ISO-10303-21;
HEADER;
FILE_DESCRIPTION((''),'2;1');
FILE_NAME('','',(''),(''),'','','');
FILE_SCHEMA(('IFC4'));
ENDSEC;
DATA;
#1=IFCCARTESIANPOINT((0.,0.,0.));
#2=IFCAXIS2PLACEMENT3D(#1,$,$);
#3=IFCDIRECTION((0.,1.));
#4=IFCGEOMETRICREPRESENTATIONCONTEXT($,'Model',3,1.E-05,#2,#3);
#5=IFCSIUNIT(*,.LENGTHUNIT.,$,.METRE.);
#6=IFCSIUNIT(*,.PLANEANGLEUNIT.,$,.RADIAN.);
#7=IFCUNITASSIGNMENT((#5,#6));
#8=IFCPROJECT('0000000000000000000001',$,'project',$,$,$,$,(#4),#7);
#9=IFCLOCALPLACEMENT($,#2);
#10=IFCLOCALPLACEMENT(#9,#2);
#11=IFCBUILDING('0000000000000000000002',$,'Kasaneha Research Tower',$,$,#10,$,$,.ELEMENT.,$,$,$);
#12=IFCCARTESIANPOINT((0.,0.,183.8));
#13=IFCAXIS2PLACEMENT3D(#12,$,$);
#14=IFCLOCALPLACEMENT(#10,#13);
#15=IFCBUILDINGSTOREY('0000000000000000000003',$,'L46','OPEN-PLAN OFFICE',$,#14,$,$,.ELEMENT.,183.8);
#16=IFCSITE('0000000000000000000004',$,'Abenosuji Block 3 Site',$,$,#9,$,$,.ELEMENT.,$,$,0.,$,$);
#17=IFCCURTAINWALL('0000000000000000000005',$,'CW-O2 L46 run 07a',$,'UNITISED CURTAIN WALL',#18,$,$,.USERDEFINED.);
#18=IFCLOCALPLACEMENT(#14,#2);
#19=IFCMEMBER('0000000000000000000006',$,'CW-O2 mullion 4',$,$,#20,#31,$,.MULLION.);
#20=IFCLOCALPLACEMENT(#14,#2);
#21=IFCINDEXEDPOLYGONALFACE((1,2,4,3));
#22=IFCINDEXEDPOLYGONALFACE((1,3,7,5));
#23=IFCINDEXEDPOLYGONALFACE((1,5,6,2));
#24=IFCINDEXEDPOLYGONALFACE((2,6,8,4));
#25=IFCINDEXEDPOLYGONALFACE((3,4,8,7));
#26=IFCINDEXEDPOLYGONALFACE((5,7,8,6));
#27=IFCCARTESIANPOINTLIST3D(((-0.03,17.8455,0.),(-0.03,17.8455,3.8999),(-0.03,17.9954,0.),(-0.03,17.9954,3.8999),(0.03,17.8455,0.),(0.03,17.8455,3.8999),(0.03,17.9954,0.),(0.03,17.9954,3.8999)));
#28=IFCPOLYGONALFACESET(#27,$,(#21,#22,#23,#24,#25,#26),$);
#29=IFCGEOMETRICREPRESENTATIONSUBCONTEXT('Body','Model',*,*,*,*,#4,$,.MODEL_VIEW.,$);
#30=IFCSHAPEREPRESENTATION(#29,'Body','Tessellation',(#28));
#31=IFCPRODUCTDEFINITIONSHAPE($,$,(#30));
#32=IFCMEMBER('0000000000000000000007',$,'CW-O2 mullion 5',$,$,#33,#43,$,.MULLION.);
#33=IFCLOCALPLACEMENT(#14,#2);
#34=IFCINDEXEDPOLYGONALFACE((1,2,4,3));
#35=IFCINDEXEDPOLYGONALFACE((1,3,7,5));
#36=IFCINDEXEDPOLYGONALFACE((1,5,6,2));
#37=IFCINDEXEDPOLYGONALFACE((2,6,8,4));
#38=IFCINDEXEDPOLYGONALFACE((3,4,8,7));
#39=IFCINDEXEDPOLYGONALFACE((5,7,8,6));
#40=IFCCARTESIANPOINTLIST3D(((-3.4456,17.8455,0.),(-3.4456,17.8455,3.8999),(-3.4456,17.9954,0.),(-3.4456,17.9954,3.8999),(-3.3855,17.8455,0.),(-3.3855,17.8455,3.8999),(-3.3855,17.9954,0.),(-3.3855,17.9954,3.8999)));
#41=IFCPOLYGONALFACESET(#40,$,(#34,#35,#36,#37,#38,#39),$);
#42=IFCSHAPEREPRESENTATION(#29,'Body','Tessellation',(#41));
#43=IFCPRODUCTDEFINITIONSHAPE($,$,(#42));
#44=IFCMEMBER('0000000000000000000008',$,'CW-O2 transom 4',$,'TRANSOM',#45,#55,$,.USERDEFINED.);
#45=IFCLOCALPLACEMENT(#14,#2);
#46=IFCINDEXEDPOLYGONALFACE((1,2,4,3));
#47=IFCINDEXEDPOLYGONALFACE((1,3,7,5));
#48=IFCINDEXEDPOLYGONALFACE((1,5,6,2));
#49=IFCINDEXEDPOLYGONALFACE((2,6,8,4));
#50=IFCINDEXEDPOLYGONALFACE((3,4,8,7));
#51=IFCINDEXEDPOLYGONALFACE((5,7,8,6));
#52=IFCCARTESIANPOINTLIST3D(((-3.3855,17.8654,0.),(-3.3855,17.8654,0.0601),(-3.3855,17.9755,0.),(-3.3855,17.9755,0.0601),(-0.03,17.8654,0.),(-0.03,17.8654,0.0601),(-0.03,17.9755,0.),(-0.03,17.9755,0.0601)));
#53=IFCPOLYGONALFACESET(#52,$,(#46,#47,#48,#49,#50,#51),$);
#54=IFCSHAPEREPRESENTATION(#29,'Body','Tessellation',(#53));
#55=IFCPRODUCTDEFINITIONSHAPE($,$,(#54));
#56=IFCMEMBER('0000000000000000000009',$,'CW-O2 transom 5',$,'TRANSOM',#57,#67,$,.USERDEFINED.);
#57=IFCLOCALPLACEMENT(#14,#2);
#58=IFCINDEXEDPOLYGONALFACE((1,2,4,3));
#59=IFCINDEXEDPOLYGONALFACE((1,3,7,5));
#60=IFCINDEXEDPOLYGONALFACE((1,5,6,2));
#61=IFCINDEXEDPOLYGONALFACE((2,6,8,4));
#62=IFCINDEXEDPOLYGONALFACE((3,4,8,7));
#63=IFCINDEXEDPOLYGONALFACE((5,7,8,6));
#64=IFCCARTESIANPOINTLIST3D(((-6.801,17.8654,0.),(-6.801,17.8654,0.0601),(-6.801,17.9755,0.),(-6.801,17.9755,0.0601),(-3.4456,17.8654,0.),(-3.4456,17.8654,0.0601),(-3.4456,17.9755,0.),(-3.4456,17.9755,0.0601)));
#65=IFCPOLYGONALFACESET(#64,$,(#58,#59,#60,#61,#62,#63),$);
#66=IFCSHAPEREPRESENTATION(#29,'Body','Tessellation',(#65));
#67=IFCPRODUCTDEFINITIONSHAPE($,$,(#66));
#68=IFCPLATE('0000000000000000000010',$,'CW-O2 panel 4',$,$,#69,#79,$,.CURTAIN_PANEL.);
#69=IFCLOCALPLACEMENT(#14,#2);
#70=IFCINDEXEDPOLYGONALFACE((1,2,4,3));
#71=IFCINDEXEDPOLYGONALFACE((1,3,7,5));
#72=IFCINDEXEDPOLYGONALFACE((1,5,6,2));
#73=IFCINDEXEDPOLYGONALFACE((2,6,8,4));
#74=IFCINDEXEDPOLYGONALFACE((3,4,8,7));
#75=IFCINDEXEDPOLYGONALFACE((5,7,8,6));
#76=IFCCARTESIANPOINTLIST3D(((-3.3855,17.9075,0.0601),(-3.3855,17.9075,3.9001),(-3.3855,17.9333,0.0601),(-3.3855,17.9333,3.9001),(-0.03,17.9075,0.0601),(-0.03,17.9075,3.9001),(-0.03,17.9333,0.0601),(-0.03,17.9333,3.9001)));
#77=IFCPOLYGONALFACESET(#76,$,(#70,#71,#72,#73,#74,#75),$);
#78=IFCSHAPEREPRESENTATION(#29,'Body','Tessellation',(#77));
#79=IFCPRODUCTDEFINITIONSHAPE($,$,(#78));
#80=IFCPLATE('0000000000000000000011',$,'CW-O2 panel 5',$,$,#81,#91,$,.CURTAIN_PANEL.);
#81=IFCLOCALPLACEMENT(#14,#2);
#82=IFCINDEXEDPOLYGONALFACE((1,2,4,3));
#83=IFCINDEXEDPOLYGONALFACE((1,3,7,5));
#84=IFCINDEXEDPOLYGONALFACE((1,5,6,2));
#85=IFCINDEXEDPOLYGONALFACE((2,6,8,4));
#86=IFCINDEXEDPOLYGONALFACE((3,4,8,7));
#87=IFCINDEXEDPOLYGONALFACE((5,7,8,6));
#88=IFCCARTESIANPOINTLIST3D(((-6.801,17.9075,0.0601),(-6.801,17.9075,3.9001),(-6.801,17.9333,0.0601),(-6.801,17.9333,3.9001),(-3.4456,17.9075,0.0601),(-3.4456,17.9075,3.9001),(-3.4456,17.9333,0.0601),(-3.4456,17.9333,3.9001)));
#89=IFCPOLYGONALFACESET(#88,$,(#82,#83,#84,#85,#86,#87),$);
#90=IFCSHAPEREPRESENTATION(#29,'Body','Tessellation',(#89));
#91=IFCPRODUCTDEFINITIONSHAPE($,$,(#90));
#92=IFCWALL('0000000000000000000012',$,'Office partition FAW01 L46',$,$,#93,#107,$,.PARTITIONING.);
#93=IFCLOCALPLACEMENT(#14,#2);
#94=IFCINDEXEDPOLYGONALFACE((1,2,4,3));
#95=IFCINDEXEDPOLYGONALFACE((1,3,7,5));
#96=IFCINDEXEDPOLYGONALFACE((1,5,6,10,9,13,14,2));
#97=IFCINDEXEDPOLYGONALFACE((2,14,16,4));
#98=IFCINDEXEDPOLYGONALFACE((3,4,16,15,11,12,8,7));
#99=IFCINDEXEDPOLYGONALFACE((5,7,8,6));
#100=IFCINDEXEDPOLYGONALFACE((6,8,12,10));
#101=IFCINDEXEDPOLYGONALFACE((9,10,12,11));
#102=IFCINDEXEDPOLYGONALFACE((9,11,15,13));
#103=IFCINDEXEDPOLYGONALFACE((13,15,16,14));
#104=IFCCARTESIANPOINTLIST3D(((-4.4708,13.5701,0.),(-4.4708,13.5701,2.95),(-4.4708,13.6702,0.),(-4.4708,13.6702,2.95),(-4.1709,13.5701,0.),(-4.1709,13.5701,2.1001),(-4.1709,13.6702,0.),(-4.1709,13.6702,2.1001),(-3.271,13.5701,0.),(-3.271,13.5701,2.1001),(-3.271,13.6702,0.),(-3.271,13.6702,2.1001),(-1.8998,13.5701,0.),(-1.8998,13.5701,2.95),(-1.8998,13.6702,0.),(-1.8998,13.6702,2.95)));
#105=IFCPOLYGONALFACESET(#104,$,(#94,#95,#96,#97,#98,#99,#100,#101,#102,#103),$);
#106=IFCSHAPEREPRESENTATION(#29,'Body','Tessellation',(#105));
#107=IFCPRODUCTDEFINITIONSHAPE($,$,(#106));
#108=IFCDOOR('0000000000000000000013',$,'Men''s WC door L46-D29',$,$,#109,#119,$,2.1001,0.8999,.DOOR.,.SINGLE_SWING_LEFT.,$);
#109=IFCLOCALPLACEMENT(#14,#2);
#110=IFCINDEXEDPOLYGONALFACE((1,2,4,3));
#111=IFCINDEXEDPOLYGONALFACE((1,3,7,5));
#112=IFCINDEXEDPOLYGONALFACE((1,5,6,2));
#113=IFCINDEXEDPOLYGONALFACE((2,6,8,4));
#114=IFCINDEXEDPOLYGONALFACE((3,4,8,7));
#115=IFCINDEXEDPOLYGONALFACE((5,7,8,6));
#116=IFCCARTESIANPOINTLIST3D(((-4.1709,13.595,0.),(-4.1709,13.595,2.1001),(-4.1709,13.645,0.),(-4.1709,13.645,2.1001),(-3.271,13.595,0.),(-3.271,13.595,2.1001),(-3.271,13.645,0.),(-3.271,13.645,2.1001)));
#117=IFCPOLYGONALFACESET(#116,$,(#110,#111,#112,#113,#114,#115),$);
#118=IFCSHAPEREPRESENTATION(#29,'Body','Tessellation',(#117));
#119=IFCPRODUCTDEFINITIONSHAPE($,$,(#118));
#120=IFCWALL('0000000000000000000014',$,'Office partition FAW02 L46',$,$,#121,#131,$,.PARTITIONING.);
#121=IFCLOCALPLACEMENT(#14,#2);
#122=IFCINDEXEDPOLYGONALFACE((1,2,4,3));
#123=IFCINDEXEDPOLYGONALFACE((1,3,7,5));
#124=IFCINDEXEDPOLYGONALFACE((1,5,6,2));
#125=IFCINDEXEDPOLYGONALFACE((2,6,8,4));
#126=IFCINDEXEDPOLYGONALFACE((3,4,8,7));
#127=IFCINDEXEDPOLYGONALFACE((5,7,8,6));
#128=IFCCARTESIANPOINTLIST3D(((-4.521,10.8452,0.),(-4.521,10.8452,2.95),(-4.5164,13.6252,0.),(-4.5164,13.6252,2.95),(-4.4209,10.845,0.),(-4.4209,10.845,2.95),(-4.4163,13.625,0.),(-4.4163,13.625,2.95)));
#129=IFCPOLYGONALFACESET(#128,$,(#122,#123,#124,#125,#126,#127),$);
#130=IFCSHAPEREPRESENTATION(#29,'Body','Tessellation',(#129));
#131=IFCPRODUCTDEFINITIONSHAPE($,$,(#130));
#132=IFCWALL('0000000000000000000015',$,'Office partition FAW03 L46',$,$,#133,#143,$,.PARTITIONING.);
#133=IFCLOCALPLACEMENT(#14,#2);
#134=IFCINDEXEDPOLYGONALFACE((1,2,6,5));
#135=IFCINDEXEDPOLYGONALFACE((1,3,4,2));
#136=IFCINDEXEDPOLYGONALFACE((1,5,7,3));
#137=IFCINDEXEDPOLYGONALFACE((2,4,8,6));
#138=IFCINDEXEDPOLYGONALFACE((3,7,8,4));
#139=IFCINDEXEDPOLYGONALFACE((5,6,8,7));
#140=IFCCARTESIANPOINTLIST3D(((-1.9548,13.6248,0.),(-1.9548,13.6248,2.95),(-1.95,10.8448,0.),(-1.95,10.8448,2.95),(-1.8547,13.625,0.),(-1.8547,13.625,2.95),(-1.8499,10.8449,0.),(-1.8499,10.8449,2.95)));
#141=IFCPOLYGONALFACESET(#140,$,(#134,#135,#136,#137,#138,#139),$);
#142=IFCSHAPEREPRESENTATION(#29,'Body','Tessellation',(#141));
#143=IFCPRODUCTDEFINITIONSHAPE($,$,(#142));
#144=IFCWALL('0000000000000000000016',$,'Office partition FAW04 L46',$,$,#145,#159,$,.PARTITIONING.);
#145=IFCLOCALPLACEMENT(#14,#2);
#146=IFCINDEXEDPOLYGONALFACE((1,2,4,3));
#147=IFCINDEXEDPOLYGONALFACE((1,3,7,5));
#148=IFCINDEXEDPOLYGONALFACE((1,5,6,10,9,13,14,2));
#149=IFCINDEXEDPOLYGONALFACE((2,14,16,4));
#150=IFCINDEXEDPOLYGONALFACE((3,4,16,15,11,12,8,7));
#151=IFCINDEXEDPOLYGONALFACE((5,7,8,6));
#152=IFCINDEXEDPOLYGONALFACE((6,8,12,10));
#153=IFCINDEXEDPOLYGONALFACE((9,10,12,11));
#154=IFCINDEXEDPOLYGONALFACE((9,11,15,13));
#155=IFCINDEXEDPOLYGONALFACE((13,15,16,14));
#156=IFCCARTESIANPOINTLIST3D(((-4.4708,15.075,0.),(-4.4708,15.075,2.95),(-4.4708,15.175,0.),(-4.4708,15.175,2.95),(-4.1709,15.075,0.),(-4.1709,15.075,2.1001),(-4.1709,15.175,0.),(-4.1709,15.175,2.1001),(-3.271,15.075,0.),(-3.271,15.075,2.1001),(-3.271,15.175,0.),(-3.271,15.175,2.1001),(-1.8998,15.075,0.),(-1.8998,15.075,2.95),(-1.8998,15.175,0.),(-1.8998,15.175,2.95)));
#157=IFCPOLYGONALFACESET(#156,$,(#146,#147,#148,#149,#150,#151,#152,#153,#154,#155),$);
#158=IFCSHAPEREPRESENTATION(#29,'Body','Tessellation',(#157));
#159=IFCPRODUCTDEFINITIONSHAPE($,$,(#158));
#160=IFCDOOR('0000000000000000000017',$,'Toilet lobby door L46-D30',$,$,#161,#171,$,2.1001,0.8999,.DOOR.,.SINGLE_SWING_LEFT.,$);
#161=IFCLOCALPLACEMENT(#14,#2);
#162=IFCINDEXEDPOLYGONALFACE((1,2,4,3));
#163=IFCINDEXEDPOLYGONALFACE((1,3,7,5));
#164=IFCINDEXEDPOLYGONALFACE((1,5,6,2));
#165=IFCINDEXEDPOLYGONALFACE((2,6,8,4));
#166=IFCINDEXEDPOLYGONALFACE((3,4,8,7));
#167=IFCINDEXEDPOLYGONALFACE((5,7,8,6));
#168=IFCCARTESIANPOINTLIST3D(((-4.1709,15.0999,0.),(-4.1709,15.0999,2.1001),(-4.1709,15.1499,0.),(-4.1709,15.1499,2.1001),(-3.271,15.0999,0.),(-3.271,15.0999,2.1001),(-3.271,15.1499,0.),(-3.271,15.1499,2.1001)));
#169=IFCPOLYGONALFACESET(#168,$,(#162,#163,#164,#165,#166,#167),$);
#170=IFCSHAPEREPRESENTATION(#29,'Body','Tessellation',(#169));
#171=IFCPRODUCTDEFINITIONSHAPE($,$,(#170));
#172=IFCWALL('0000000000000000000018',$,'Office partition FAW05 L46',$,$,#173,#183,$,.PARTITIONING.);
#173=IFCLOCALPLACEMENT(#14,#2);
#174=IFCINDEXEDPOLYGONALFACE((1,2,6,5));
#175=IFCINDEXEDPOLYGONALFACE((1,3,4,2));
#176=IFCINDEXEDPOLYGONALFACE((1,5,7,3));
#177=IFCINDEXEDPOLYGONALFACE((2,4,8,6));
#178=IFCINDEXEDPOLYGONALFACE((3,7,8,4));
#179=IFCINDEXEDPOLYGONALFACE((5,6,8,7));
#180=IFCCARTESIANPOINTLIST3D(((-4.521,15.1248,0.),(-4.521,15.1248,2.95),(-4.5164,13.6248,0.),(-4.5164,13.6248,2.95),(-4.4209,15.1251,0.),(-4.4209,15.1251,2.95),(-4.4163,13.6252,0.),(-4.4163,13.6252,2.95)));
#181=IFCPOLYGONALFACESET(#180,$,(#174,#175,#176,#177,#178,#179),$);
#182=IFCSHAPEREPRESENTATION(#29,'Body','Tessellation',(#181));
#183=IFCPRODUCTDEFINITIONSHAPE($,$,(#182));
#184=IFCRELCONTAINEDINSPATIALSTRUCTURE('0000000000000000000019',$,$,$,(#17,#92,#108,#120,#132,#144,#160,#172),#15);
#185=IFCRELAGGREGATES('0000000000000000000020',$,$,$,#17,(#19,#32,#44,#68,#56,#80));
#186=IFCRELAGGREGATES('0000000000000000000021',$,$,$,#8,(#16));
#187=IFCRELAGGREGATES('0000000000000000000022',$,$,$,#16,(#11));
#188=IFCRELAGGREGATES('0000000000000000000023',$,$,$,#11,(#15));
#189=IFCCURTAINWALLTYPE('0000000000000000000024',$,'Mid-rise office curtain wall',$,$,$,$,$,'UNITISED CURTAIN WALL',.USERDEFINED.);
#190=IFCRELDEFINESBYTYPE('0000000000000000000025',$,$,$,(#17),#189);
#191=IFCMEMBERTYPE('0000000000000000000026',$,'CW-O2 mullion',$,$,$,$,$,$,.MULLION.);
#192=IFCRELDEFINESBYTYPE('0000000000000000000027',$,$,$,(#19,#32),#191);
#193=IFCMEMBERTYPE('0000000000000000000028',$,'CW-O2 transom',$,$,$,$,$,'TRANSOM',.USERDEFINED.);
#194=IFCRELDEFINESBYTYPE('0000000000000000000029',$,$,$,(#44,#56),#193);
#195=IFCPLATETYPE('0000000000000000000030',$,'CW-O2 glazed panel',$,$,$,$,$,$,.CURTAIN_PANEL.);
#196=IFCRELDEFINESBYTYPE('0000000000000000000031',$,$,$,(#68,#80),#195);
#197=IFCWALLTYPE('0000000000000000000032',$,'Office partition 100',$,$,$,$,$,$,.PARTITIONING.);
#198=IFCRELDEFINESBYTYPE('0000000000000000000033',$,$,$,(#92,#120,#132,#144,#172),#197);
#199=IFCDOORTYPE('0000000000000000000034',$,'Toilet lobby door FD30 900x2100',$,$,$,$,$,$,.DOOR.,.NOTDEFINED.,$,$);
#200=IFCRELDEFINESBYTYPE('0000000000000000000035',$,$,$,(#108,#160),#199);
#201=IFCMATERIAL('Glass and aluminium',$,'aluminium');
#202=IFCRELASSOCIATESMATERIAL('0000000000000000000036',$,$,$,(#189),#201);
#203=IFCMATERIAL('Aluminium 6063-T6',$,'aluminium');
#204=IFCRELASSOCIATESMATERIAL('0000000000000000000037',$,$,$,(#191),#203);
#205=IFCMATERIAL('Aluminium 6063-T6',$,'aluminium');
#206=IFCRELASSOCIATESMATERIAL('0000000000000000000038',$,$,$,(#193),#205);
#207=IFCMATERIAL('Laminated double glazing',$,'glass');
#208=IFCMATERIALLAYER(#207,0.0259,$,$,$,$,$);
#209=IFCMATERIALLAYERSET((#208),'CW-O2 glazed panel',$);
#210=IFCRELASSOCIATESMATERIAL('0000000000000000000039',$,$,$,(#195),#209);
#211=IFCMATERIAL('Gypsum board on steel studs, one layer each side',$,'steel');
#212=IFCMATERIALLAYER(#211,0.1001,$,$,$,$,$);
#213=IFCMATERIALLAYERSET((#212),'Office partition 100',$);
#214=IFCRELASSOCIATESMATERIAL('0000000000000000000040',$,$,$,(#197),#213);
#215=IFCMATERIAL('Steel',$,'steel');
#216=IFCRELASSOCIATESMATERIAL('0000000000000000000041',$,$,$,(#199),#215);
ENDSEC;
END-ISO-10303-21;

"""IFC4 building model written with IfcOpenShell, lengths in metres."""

from ifc_helpers import new_model, si_unit, direction, frame, frame_2d, origin, origin_2d, place, context, subcontext, project, spatial, rectangle, extrude, material, layer, layer_set, material_profile, profile_set, type_object, element, fill, aggregate, save


model = new_model("IFC4")

# Units and contexts
model_context = context("Model", 3, precision=1e-05, world=origin(), true_north=direction((0.0, 1.0)))
body_context = subcontext(model_context, "Body", "Model", "MODEL_VIEW")
ifc_project = project(units=[si_unit("LENGTHUNIT", "METRE"), si_unit("PLANEANGLEUNIT", "RADIAN")], contexts=[model_context])

# Site, building, storey
site_placement = place(None, origin())
site = spatial("IfcSite", under=ifc_project, at=site_placement, Name="Abenosuji Block 3 Site", CompositionType="ELEMENT", RefElevation=0.0)
building_placement = place(site_placement, origin())
building = spatial("IfcBuilding", under=site, at=building_placement, Name="Kasaneha Research Tower", CompositionType="ELEMENT")
storey_placement = place(building_placement, frame((0.0, 0.0, 183.8)))
storey = spatial("IfcBuildingStorey", under=building, at=storey_placement, Name="L46", Description="OPEN-PLAN OFFICE", CompositionType="ELEMENT", Elevation=183.8)

# Curtain wall, members, plates
ifc_material_1 = material(Name="Glass and aluminium", Category="aluminium")
curtain_wall_type = type_object("IfcCurtainWallType", Name="Mid-rise office curtain wall", ElementType="UNITISED CURTAIN WALL", PredefinedType="USERDEFINED", material=ifc_material_1)
curtain_wall_placement = place(storey_placement, origin())
curtain_wall = element("IfcCurtainWall", 1, at=curtain_wall_placement, inside=storey, type_object=curtain_wall_type, Name="CW-O2 L46 run 07a", ObjectType="UNITISED CURTAIN WALL", PredefinedType="USERDEFINED")
ifc_material_2 = material(Name="Aluminium 6063-T6", Category="aluminium")
ifc_material_profile_1 = material_profile(ifc_material_2, rectangle(XDim=0.0601, YDim=0.1499, at=origin_2d()), Name="CW-O2 mullion 60x150")
ifc_profile_set_1 = profile_set([ifc_material_profile_1], Name="Aluminium 6063-T6")
member_type_1 = type_object("IfcMemberType", Name="CW-O2 mullion", PredefinedType="MULLION", material=ifc_profile_set_1)
member_1_placement = place(storey_placement, frame((0.0, 17.9204, 0.0), z_axis=(0.0, 0.0, 1.0), x_axis=(-1.0, 0.0, 0.0)))
member_1 = element("IfcMember", 2, at=member_1_placement, type_object=member_type_1, Name="CW-O2 mullion 4", PredefinedType="MULLION", context=body_context, shape_type="SweptSolid", body=[
    extrude(rectangle(XDim=0.0601, YDim=0.1499, at=origin_2d()), origin(), (0.0, 0.0, 1.0), 3.8999),
])
member_2_placement = place(storey_placement, frame((-3.4155, 17.9204, 0.0), z_axis=(0.0, 0.0, 1.0), x_axis=(-1.0, 0.0, 0.0)))
member_2 = element("IfcMember", 3, at=member_2_placement, type_object=member_type_1, Name="CW-O2 mullion 5", PredefinedType="MULLION", context=body_context, shape_type="SweptSolid", body=[
    extrude(rectangle(XDim=0.0601, YDim=0.1499, at=origin_2d()), origin(), (0.0, 0.0, 1.0), 3.8999),
])
ifc_material_3 = material(Name="Aluminium 6063-T6", Category="aluminium")
ifc_material_profile_2 = material_profile(ifc_material_3, rectangle(XDim=0.1101, YDim=0.0601, at=origin_2d()), Name="CW-O2 transom 110x60")
ifc_profile_set_2 = profile_set([ifc_material_profile_2], Name="Aluminium 6063-T6")
member_type_2 = type_object("IfcMemberType", Name="CW-O2 transom", ElementType="TRANSOM", PredefinedType="USERDEFINED", material=ifc_profile_set_2)
member_3_placement = place(storey_placement, frame((-0.03, 17.9204, 0.03), z_axis=(-1.0, 0.0, 0.0), x_axis=(0.0, -1.0, 0.0)))
member_3 = element("IfcMember", 4, at=member_3_placement, type_object=member_type_2, Name="CW-O2 transom 4", ObjectType="TRANSOM", PredefinedType="USERDEFINED", context=body_context, shape_type="SweptSolid", body=[
    extrude(rectangle(XDim=0.1101, YDim=0.0601, at=origin_2d()), origin(), (0.0, 0.0, 1.0), 3.3555),
])
member_4_placement = place(storey_placement, frame((-3.4456, 17.9204, 0.03), z_axis=(-1.0, 0.0, 0.0), x_axis=(0.0, -1.0, 0.0)))
member_4 = element("IfcMember", 5, at=member_4_placement, type_object=member_type_2, Name="CW-O2 transom 5", ObjectType="TRANSOM", PredefinedType="USERDEFINED", context=body_context, shape_type="SweptSolid", body=[
    extrude(rectangle(XDim=0.1101, YDim=0.0601, at=origin_2d()), origin(), (0.0, 0.0, 1.0), 3.3555),
])
ifc_material_4 = material(Name="Laminated double glazing", Category="glass")
ifc_layer_1 = layer(ifc_material_4, 0.0259)
ifc_layer_set_1 = layer_set([ifc_layer_1], Name="CW-O2 glazed panel")
plate_type = type_object("IfcPlateType", Name="CW-O2 glazed panel", PredefinedType="CURTAIN_PANEL", material=ifc_layer_set_1)
plate_1_placement = place(storey_placement, frame((-1.7078, 17.9204, 0.0601), z_axis=(0.0, 0.0, 1.0), x_axis=(-1.0, 0.0, 0.0)))
plate_1 = element("IfcPlate", 6, at=plate_1_placement, type_object=plate_type, Name="CW-O2 panel 4", PredefinedType="CURTAIN_PANEL", context=body_context, shape_type="SweptSolid", body=[
    extrude(rectangle(XDim=3.3555, YDim=0.0259, at=origin_2d()), origin(), (0.0, 0.0, 1.0), 3.8401),
])
plate_2_placement = place(storey_placement, frame((-5.1233, 17.9204, 0.0601), z_axis=(0.0, 0.0, 1.0), x_axis=(-1.0, 0.0, 0.0)))
plate_2 = element("IfcPlate", 7, at=plate_2_placement, type_object=plate_type, Name="CW-O2 panel 5", PredefinedType="CURTAIN_PANEL", context=body_context, shape_type="SweptSolid", body=[
    extrude(rectangle(XDim=3.3555, YDim=0.0259, at=origin_2d()), origin(), (0.0, 0.0, 1.0), 3.8401),
])
aggregate(curtain_wall, [member_1, member_2, member_3, plate_1, member_4, plate_2])

# Wall, opening, door
ifc_material_5 = material(Name="Gypsum board on steel studs, one layer each side", Category="steel")
ifc_layer_2 = layer(ifc_material_5, 0.1001)
ifc_layer_set_2 = layer_set([ifc_layer_2], Name="Office partition 100")
wall_type_1 = type_object("IfcWallType", Name="Office partition 100", PredefinedType="PARTITIONING", material=ifc_layer_set_2)
wall_1_placement = place(storey_placement, frame((-4.4709, 13.6201, 0.0), z_axis=(0.0, 0.0, 1.0), x_axis=(1.0, 0.0, 0.0)))
wall_1 = element("IfcWall", 8, at=wall_1_placement, inside=storey, type_object=wall_type_1, Name="Office partition FAW01 L46", PredefinedType="PARTITIONING", context=body_context, shape_type="SweptSolid", body=[
    extrude(rectangle(XDim=2.571, YDim=0.1001, at=frame_2d((1.2856, 0.0))), origin(), (0.0, 0.0, 1.0), 2.95),
])
opening_1_placement = place(wall_1_placement, frame((0.3, 0.0, 0.0)))
opening_1 = element("IfcOpeningElement", 9, at=opening_1_placement, cuts=wall_1, PredefinedType="OPENING", context=body_context, shape_type="SweptSolid", body=[
    extrude(rectangle(XDim=0.8999, YDim=2.1001, at=frame_2d((0.45, 1.05))), frame((0.0, 0.0601, 0.0), z_axis=(0.0, -1.0, 0.0), x_axis=(1.0, 0.0, 0.0)), (0.0, 0.0, 1.0), 0.1201),
])
ifc_material_6 = material(Name="Steel", Category="steel")
door_type_1 = type_object("IfcDoorType", Name="Toilet lobby door FD30 900x2100", OperationType="NOTDEFINED", PredefinedType="DOOR", material=ifc_material_6)
door_1_placement = place(opening_1_placement, origin())
door_1 = element("IfcDoor", 10, at=door_1_placement, inside=storey, type_object=door_type_1, Name="Men's WC door L46-D29", OperationType="SINGLE_SWING_LEFT", OverallHeight=2.1001, OverallWidth=0.8999, PredefinedType="DOOR", context=body_context, shape_type="SweptSolid", body=[
    extrude(rectangle(XDim=0.8999, YDim=2.1001, at=frame_2d((0.45, 1.05))), frame((0.0, 0.0249, 0.0), z_axis=(0.0, -1.0, 0.0), x_axis=(1.0, 0.0, 0.0)), (0.0, 0.0, 1.0), 0.05),
])
fill(opening_1, door_1)

# Walls
for number, where, z_axis, x_axis, name in (
    (11, (-4.4709, 10.845, 0.0), (0.0, 0.0, 1.0), (0.001669, 0.999999, 0.0), "Office partition FAW02 L46"),
    (12, (-1.9048, 13.625, 0.0), (0.0, 0.0, 1.0), (0.001756, -0.999998, 0.0), "Office partition FAW03 L46"),
):
    element("IfcWall", number, at=place(storey_placement, frame(where, z_axis=z_axis, x_axis=x_axis)), inside=storey, type_object=wall_type_1, Name=name, PredefinedType="PARTITIONING", context=body_context, shape_type="SweptSolid", body=[
        extrude(rectangle(XDim=2.78, YDim=0.1001, at=frame_2d((1.3901, 0.0))), origin(), (0.0, 0.0, 1.0), 2.95),
    ])

# Wall, opening, door
wall_2_placement = place(storey_placement, frame((-4.4709, 15.125, 0.0), z_axis=(0.0, 0.0, 1.0), x_axis=(1.0, 0.0, 0.0)))
wall_2 = element("IfcWall", 13, at=wall_2_placement, inside=storey, type_object=wall_type_1, Name="Office partition FAW04 L46", PredefinedType="PARTITIONING", context=body_context, shape_type="SweptSolid", body=[
    extrude(rectangle(XDim=2.571, YDim=0.1001, at=frame_2d((1.2856, 0.0))), origin(), (0.0, 0.0, 1.0), 2.95),
])
opening_2_placement = place(wall_2_placement, frame((0.3, 0.0, 0.0)))
opening_2 = element("IfcOpeningElement", 14, at=opening_2_placement, cuts=wall_2, PredefinedType="OPENING", context=body_context, shape_type="SweptSolid", body=[
    extrude(rectangle(XDim=0.8999, YDim=2.1001, at=frame_2d((0.45, 1.05))), frame((0.0, 0.0601, 0.0), z_axis=(0.0, -1.0, 0.0), x_axis=(1.0, 0.0, 0.0)), (0.0, 0.0, 1.0), 0.1201),
])
door_2_placement = place(opening_2_placement, origin())
door_2 = element("IfcDoor", 15, at=door_2_placement, inside=storey, type_object=door_type_1, Name="Toilet lobby door L46-D30", OperationType="SINGLE_SWING_LEFT", OverallHeight=2.1001, OverallWidth=0.8999, PredefinedType="DOOR", context=body_context, shape_type="SweptSolid", body=[
    extrude(rectangle(XDim=0.8999, YDim=2.1001, at=frame_2d((0.45, 1.05))), frame((0.0, 0.0249, 0.0), z_axis=(0.0, -1.0, 0.0), x_axis=(1.0, 0.0, 0.0)), (0.0, 0.0, 1.0), 0.05),
])
fill(opening_2, door_2)

# Wall
for number, where, z_axis, x_axis, name in (
    (16, (-4.4663, 13.625, 0.0), (0.0, 0.0, 1.0), (-0.003092, 0.999995, 0.0), "Office partition FAW05 L46"),
):
    element("IfcWall", number, at=place(storey_placement, frame(where, z_axis=z_axis, x_axis=x_axis)), inside=storey, type_object=wall_type_1, Name=name, PredefinedType="PARTITIONING", context=body_context, shape_type="SweptSolid", body=[
        extrude(rectangle(XDim=1.5, YDim=0.1001, at=frame_2d((0.75, 0.0))), origin(), (0.0, 0.0, 1.0), 2.95),
    ])

save(model, "model.ifc")
